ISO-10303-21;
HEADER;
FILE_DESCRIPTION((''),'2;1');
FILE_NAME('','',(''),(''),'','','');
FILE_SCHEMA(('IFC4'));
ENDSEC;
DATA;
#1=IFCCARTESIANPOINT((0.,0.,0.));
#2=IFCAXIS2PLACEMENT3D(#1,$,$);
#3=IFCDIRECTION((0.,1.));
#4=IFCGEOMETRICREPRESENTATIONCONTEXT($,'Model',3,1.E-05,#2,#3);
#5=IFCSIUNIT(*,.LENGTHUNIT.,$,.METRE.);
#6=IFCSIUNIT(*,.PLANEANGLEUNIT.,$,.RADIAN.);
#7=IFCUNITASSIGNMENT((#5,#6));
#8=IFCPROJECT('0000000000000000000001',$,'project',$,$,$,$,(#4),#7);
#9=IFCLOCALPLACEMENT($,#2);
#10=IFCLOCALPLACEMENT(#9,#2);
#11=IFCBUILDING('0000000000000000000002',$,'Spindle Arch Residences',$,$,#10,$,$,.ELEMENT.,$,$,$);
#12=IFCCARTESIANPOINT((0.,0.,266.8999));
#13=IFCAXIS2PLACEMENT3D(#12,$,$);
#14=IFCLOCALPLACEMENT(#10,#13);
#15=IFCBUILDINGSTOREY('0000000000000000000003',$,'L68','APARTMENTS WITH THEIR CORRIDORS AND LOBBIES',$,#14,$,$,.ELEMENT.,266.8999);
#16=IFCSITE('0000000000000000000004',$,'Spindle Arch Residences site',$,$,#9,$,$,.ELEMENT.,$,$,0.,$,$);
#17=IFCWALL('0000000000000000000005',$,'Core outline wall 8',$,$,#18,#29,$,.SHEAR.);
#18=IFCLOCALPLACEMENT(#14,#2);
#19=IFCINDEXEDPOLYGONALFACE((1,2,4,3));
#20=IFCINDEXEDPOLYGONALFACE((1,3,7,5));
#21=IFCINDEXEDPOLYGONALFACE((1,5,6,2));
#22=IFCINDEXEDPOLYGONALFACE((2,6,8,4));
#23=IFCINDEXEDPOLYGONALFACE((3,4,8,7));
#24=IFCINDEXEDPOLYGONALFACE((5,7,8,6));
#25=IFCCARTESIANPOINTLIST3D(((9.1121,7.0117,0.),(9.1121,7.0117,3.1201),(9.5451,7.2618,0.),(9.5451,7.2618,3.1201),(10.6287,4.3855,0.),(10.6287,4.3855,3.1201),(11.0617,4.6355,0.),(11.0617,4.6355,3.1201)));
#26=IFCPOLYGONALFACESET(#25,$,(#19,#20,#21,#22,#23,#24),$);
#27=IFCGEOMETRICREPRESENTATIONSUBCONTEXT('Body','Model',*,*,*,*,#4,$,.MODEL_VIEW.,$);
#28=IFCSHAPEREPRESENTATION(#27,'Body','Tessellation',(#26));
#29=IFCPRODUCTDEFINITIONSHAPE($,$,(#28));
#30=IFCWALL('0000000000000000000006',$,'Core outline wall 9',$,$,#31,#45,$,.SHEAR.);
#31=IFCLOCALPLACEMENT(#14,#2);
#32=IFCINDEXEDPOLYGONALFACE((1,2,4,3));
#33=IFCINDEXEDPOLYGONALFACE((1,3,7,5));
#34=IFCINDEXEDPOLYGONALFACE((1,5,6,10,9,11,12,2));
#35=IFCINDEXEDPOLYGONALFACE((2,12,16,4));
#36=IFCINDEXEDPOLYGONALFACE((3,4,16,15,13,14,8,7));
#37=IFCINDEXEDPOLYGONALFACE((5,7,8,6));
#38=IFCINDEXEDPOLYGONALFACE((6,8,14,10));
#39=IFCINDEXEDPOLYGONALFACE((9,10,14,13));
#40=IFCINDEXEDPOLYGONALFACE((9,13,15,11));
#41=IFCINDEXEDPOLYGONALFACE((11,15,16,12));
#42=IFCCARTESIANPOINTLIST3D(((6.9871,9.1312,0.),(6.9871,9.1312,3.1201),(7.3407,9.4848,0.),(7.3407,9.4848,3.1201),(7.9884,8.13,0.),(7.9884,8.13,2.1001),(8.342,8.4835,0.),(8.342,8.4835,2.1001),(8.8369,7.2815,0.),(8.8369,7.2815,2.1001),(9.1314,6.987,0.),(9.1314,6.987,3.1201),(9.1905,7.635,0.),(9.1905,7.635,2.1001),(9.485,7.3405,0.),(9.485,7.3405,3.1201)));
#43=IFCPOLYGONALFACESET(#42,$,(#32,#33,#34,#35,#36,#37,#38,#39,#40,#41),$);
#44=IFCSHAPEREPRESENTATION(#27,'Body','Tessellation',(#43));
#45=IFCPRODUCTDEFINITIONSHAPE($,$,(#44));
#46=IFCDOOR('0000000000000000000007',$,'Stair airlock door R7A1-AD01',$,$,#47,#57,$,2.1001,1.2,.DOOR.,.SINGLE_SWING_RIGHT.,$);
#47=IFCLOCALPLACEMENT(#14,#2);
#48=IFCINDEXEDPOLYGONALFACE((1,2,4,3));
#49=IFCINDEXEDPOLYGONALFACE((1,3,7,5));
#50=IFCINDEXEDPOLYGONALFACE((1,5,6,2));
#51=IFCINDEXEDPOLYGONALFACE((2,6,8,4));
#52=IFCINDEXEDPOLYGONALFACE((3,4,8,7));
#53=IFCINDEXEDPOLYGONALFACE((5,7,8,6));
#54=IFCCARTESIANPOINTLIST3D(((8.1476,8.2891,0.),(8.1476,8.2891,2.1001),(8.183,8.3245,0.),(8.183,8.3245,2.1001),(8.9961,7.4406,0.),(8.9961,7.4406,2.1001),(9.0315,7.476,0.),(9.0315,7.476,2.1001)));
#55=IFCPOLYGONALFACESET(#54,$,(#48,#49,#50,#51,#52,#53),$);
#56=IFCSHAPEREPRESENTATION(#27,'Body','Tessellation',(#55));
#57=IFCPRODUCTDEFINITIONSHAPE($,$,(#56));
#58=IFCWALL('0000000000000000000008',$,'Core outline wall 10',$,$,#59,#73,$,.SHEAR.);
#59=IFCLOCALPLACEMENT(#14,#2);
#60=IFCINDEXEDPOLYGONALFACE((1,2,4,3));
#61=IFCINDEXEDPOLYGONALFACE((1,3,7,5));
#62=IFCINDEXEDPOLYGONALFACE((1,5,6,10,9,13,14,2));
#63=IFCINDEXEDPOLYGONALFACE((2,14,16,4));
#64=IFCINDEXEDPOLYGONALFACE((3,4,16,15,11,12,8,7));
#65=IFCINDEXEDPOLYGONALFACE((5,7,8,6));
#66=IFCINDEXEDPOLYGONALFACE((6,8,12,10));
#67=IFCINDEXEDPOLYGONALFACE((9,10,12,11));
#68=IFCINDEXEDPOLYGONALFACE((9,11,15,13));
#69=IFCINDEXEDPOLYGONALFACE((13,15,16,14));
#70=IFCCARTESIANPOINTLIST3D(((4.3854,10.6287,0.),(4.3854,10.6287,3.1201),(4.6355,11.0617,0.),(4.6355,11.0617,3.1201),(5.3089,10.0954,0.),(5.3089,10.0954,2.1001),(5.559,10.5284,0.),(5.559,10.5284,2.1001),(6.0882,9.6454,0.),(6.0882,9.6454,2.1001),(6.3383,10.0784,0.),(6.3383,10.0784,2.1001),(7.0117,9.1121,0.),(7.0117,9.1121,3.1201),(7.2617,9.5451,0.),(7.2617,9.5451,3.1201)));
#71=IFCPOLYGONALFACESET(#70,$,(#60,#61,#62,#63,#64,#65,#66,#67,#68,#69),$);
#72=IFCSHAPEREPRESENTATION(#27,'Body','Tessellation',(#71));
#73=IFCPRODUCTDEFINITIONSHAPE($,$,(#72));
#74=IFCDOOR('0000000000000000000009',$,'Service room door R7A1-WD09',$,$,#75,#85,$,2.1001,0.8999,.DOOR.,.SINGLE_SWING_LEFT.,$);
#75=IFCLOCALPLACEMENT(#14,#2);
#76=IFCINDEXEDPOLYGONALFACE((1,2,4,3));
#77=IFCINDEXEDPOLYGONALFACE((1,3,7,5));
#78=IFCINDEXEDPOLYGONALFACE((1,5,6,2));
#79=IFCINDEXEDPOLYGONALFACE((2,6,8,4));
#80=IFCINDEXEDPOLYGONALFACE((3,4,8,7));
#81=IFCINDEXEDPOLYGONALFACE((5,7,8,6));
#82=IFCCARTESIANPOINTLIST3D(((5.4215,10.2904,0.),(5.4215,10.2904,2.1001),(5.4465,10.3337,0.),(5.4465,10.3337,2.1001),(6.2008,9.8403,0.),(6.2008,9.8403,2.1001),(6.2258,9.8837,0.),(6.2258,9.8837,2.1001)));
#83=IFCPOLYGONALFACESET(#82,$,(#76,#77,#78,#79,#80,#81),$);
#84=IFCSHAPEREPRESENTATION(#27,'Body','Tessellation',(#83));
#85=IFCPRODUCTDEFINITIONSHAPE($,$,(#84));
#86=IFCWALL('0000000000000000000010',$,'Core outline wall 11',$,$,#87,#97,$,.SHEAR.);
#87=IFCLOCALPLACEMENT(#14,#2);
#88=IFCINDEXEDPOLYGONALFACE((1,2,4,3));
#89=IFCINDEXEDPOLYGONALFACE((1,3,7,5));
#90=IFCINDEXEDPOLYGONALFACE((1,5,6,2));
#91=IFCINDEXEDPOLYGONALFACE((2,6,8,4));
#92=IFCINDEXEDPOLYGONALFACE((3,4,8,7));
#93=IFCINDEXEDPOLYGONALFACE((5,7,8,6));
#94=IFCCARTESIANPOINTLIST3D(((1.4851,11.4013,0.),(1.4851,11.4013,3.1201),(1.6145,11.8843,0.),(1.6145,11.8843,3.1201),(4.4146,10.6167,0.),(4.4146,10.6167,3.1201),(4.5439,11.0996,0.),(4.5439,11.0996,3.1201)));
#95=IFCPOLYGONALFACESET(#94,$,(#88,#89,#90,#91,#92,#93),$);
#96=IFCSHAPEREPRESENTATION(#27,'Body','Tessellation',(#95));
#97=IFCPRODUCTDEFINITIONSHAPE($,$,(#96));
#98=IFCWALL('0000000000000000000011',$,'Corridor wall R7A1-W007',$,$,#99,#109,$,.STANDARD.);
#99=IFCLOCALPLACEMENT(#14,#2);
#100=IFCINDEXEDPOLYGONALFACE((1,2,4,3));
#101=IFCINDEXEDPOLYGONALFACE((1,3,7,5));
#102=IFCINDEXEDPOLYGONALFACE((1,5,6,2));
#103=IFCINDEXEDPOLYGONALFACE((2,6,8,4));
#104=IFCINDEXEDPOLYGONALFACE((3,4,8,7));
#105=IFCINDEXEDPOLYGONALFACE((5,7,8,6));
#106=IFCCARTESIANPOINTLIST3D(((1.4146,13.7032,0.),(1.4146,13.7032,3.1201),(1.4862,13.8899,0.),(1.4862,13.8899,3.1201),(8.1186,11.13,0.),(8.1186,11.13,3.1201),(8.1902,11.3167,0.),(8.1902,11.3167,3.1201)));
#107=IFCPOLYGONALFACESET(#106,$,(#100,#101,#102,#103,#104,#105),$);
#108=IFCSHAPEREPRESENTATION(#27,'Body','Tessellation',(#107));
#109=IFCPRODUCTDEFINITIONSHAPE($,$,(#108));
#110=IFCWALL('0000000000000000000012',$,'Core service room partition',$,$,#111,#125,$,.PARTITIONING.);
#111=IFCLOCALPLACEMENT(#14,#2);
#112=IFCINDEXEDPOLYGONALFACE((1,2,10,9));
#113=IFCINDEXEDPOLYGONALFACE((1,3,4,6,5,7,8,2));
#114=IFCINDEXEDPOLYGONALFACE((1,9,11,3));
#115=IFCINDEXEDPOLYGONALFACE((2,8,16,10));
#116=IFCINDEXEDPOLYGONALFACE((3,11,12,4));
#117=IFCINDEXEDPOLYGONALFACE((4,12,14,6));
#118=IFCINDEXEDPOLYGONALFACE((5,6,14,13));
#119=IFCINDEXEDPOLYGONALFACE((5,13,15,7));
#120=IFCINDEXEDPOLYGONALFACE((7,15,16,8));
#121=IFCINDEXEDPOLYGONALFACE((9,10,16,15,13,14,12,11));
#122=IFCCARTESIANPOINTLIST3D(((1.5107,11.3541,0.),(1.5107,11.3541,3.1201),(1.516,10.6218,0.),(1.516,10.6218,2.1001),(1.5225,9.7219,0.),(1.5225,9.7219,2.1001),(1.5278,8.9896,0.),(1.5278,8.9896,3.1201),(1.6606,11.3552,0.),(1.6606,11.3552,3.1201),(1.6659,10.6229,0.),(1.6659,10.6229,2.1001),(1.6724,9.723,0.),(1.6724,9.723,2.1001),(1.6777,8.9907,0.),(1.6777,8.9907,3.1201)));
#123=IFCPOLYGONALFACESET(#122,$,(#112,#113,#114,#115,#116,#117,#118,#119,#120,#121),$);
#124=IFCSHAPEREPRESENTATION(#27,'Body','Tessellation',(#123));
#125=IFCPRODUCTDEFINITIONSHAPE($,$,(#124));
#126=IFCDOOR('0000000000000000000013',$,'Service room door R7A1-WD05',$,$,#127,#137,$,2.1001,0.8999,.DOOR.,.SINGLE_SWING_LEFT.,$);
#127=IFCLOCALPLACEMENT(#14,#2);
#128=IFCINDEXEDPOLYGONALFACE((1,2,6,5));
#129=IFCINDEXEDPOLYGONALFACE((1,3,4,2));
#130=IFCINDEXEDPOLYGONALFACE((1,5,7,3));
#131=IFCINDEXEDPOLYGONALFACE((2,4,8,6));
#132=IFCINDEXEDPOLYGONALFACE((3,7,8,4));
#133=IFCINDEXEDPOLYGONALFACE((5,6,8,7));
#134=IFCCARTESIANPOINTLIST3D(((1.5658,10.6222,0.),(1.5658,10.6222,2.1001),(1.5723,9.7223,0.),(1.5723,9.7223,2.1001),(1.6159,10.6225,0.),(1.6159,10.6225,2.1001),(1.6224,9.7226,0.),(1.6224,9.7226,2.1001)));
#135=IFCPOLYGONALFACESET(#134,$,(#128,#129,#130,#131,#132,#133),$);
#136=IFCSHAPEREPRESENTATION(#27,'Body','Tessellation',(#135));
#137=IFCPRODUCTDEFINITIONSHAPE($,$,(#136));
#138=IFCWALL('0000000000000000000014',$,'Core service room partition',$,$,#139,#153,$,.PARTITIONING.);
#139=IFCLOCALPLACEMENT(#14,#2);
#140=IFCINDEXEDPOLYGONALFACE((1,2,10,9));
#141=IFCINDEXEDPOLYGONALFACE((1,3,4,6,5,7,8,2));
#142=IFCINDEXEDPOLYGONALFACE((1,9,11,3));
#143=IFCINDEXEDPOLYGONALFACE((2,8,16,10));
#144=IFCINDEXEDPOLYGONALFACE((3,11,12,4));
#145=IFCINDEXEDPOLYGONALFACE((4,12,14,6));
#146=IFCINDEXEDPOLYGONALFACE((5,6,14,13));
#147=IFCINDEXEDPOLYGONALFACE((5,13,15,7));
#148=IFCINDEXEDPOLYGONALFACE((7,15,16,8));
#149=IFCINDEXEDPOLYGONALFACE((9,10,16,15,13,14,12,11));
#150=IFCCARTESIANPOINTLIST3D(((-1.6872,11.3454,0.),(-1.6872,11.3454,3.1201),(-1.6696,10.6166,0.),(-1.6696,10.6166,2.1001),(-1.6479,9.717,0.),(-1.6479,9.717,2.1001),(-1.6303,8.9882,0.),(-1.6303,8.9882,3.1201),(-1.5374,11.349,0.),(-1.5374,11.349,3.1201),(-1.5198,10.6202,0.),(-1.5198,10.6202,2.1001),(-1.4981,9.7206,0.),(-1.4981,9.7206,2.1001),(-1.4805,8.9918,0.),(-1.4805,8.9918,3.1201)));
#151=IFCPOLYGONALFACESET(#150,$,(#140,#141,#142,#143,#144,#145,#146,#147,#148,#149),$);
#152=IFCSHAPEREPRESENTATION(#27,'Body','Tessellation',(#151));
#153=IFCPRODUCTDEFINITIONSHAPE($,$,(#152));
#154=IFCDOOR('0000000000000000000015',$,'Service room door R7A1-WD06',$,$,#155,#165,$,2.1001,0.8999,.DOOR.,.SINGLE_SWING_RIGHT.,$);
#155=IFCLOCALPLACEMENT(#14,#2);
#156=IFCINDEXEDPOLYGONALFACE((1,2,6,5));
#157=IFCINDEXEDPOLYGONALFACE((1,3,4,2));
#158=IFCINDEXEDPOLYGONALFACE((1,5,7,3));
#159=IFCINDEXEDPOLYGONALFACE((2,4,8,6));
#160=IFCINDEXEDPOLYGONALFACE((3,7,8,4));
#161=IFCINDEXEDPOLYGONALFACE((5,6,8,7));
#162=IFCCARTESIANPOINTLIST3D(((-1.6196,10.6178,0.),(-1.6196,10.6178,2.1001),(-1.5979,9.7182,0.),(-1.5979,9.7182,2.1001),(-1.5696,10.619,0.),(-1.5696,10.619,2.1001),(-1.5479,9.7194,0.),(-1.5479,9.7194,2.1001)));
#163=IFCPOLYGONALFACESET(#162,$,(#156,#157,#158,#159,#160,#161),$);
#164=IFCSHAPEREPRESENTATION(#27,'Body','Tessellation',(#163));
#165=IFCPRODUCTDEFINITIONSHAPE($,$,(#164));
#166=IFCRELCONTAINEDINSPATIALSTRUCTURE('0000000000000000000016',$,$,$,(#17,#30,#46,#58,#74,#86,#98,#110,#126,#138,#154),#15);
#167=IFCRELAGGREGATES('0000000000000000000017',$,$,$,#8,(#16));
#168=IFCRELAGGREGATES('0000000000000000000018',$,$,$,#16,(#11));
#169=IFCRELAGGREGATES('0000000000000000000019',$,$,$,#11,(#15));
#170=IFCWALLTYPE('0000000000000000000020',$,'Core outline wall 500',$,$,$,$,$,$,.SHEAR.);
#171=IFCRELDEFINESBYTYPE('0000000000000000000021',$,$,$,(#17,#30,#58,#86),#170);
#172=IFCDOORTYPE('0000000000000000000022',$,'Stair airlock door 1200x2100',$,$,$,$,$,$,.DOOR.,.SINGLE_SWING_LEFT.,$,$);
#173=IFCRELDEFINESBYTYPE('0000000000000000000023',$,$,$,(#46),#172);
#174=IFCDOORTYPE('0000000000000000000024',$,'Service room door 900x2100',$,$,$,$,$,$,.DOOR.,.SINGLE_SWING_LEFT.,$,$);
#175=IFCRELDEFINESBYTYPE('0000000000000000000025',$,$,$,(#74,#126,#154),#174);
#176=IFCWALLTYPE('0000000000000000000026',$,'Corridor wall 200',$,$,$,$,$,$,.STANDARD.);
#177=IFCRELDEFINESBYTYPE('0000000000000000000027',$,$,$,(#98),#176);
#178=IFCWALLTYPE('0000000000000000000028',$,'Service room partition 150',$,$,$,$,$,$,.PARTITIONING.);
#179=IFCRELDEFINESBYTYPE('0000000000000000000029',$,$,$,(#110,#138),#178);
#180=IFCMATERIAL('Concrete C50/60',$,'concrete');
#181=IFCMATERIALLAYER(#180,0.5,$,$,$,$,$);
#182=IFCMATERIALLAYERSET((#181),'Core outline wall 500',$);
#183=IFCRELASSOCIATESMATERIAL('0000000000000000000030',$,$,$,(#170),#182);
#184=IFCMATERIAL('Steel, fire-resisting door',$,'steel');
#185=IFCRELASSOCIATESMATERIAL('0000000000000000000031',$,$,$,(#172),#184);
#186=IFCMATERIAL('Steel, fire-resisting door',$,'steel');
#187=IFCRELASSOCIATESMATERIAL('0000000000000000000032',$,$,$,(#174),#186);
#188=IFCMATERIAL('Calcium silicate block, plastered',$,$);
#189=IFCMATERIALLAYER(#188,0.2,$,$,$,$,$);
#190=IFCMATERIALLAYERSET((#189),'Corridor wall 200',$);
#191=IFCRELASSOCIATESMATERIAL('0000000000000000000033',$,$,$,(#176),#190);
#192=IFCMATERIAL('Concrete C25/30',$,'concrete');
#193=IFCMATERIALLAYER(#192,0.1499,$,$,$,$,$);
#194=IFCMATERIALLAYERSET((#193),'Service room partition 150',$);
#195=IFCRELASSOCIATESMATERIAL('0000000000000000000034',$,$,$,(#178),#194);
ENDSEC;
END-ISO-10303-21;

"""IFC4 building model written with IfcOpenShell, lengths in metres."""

from ifc_helpers import new_model, si_unit, direction, frame, frame_2d, origin, place, context, subcontext, project, spatial, rectangle, extrude, material, layer, layer_set, type_object, element, fill, save


model = new_model("IFC4")

# Units and contexts
model_context = context("Model", 3, precision=1e-05, world=origin(), true_north=direction((0.0, 1.0)))
body_context = subcontext(model_context, "Body", "Model", "MODEL_VIEW")
ifc_project = project(units=[si_unit("LENGTHUNIT", "METRE"), si_unit("PLANEANGLEUNIT", "RADIAN")], contexts=[model_context])

# Site, building, storey
site_placement = place(None, origin())
site = spatial("IfcSite", under=ifc_project, at=site_placement, Name="Spindle Arch Residences site", CompositionType="ELEMENT", RefElevation=0.0)
building_placement = place(site_placement, origin())
building = spatial("IfcBuilding", under=site, at=building_placement, Name="Spindle Arch Residences", CompositionType="ELEMENT")
storey_placement = place(building_placement, frame((0.0, 0.0, 266.8999)))
storey = spatial("IfcBuildingStorey", under=building, at=storey_placement, Name="L68", Description="APARTMENTS WITH THEIR CORRIDORS AND LOBBIES", CompositionType="ELEMENT", Elevation=266.8999)

# Wall
ifc_material_1 = material(Name="Concrete C50/60", Category="concrete")
ifc_layer_1 = layer(ifc_material_1, 0.5)
ifc_layer_set_1 = layer_set([ifc_layer_1], Name="Core outline wall 500")
wall_type_1 = type_object("IfcWallType", Name="Core outline wall 500", PredefinedType="SHEAR", material=ifc_layer_set_1)
wall_1_placement = place(storey_placement, frame((10.8452, 4.5105, 0.0), z_axis=(0.0, 0.0, 1.0), x_axis=(-0.500087, 0.865975, 0.0)))
element("IfcWall", 1, at=wall_1_placement, inside=storey, type_object=wall_type_1, Name="Core outline wall 8", PredefinedType="SHEAR", context=body_context, shape_type="SweptSolid", body=[
    extrude(rectangle(XDim=3.0327, YDim=0.5, at=frame_2d((1.5164, 0.0))), origin(), (0.0, 0.0, 1.0), 3.1201),
])

# Walls, openings, doors
wall_2_placement = place(storey_placement, frame((9.3081, 7.1638, 0.0), z_axis=(0.0, 0.0, 1.0), x_axis=(-0.707107, 0.707107, 0.0)))
wall_2 = element("IfcWall", 2, at=wall_2_placement, inside=storey, type_object=wall_type_1, Name="Core outline wall 9", PredefinedType="SHEAR", context=body_context, shape_type="SweptSolid", body=[
    extrude(rectangle(XDim=3.0325, YDim=0.5, at=frame_2d((1.5161, 0.0))), origin(), (0.0, 0.0, 1.0), 3.1201),
])
opening_1_placement = place(wall_2_placement, frame((0.4163, 0.0, 0.0)))
opening_1 = element("IfcOpeningElement", 3, at=opening_1_placement, cuts=wall_2, PredefinedType="OPENING", context=body_context, shape_type="SweptSolid", body=[
    extrude(rectangle(XDim=1.2, YDim=2.1001, at=frame_2d((0.6001, 1.05))), frame((0.0, 0.26, 0.0), z_axis=(0.0, -1.0, 0.0), x_axis=(1.0, 0.0, 0.0)), (0.0, 0.0, 1.0), 0.52),
])
ifc_material_2 = material(Name="Steel, fire-resisting door", Category="steel")
door_type_1 = type_object("IfcDoorType", Name="Stair airlock door 1200x2100", OperationType="SINGLE_SWING_LEFT", PredefinedType="DOOR", material=ifc_material_2)
door_1_placement = place(opening_1_placement, origin())
door_1 = element("IfcDoor", 4, at=door_1_placement, inside=storey, type_object=door_type_1, Name="Stair airlock door R7A1-AD01", OperationType="SINGLE_SWING_RIGHT", OverallHeight=2.1001, OverallWidth=1.2, PredefinedType="DOOR", context=body_context, shape_type="SweptSolid", body=[
    extrude(rectangle(XDim=1.2, YDim=2.1001, at=frame_2d((0.6001, 1.05))), frame((0.0, 0.0249, 0.0), z_axis=(0.0, -1.0, 0.0), x_axis=(1.0, 0.0, 0.0)), (0.0, 0.0, 1.0), 0.05),
])
fill(opening_1, door_1)
wall_3_placement = place(storey_placement, frame((7.1367, 9.3286, 0.0), z_axis=(0.0, 0.0, 1.0), x_axis=(-0.865975, 0.500087, 0.0)))
wall_3 = element("IfcWall", 5, at=wall_3_placement, inside=storey, type_object=wall_type_1, Name="Core outline wall 10", PredefinedType="SHEAR", context=body_context, shape_type="SweptSolid", body=[
    extrude(rectangle(XDim=3.0327, YDim=0.5, at=frame_2d((1.5164, 0.0))), origin(), (0.0, 0.0, 1.0), 3.1201),
])
opening_2_placement = place(wall_3_placement, frame((1.0664, 0.0, 0.0)))
opening_2 = element("IfcOpeningElement", 6, at=opening_2_placement, cuts=wall_3, PredefinedType="OPENING", context=body_context, shape_type="SweptSolid", body=[
    extrude(rectangle(XDim=0.8999, YDim=2.1001, at=frame_2d((0.45, 1.05))), frame((0.0, 0.26, 0.0), z_axis=(0.0, -1.0, 0.0), x_axis=(1.0, 0.0, 0.0)), (0.0, 0.0, 1.0), 0.52),
])
ifc_material_3 = material(Name="Steel, fire-resisting door", Category="steel")
door_type_2 = type_object("IfcDoorType", Name="Service room door 900x2100", OperationType="SINGLE_SWING_LEFT", PredefinedType="DOOR", material=ifc_material_3)
door_2_placement = place(opening_2_placement, origin())
door_2 = element("IfcDoor", 7, at=door_2_placement, inside=storey, type_object=door_type_2, Name="Service room door R7A1-WD09", OperationType="SINGLE_SWING_LEFT", OverallHeight=2.1001, OverallWidth=0.8999, PredefinedType="DOOR", context=body_context, shape_type="SweptSolid", body=[
    extrude(rectangle(XDim=0.8999, YDim=2.1001, at=frame_2d((0.45, 1.05))), frame((0.0, 0.0249, 0.0), z_axis=(0.0, -1.0, 0.0), x_axis=(1.0, 0.0, 0.0)), (0.0, 0.0, 1.0), 0.05),
])
fill(opening_2, door_2)

# Walls
wall_4_placement = place(storey_placement, frame((4.4792, 10.8582, 0.0), z_axis=(0.0, 0.0, 1.0), x_axis=(-0.965948, 0.258735, 0.0)))
element("IfcWall", 8, at=wall_4_placement, inside=storey, type_object=wall_type_1, Name="Core outline wall 11", PredefinedType="SHEAR", context=body_context, shape_type="SweptSolid", body=[
    extrude(rectangle(XDim=3.0327, YDim=0.5, at=frame_2d((1.5164, 0.0))), origin(), (0.0, 0.0, 1.0), 3.1201),
])
ifc_material_4 = material(Name="Calcium silicate block, plastered")
ifc_layer_2 = layer(ifc_material_4, 0.2)
ifc_layer_set_2 = layer_set([ifc_layer_2], Name="Corridor wall 200")
wall_type_2 = type_object("IfcWallType", Name="Corridor wall 200", PredefinedType="STANDARD", material=ifc_layer_set_2)
wall_5_placement = place(storey_placement, frame((8.1543, 11.2234, 0.0), z_axis=(0.0, 0.0, 1.0), x_axis=(-0.933591, 0.358341, 0.0)))
element("IfcWall", 9, at=wall_5_placement, inside=storey, type_object=wall_type_2, Name="Corridor wall R7A1-W007", PredefinedType="STANDARD", context=body_context, shape_type="SweptSolid", body=[
    extrude(rectangle(XDim=7.1809, YDim=0.2, at=frame_2d((3.5903, 0.0))), origin(), (0.0, 0.0, 1.0), 3.1201),
])

# Walls, openings, doors
ifc_material_5 = material(Name="Concrete C25/30", Category="concrete")
ifc_layer_3 = layer(ifc_material_5, 0.1499)
ifc_layer_set_3 = layer_set([ifc_layer_3], Name="Service room partition 150")
wall_type_3 = type_object("IfcWallType", Name="Service room partition 150", PredefinedType="PARTITIONING", material=ifc_layer_set_3)
wall_6_placement = place(storey_placement, frame((1.5857, 11.3545, 0.0), z_axis=(0.0, 0.0, 1.0), x_axis=(0.007227, -0.999974, 0.0)))
wall_6 = element("IfcWall", 10, at=wall_6_placement, inside=storey, type_object=wall_type_3, Name="Core service room partition", PredefinedType="PARTITIONING", context=body_context, shape_type="SweptSolid", body=[
    extrude(rectangle(XDim=2.3645, YDim=0.1499, at=frame_2d((1.1821, 0.0))), origin(), (0.0, 0.0, 1.0), 3.1201),
])
opening_3_placement = place(wall_6_placement, frame((0.7322, 0.0, 0.0)))
opening_3 = element("IfcOpeningElement", 11, at=opening_3_placement, cuts=wall_6, PredefinedType="OPENING", context=body_context, shape_type="SweptSolid", body=[
    extrude(rectangle(XDim=0.8999, YDim=2.1001, at=frame_2d((0.45, 1.05))), frame((0.0, 0.085, 0.0), z_axis=(0.0, -1.0, 0.0), x_axis=(1.0, 0.0, 0.0)), (0.0, 0.0, 1.0), 0.1699),
])
door_3_placement = place(opening_3_placement, origin())
door_3 = element("IfcDoor", 12, at=door_3_placement, inside=storey, type_object=door_type_2, Name="Service room door R7A1-WD05", OperationType="SINGLE_SWING_LEFT", OverallHeight=2.1001, OverallWidth=0.8999, PredefinedType="DOOR", context=body_context, shape_type="SweptSolid", body=[
    extrude(rectangle(XDim=0.8999, YDim=2.1001, at=frame_2d((0.45, 1.05))), frame((0.0, 0.0249, 0.0), z_axis=(0.0, -1.0, 0.0), x_axis=(1.0, 0.0, 0.0)), (0.0, 0.0, 1.0), 0.05),
])
fill(opening_3, door_3)
wall_7_placement = place(storey_placement, frame((-1.5554, 8.99, 0.0), z_axis=(0.0, 0.0, 1.0), x_axis=(-0.024126, 0.999709, 0.0)))
wall_7 = element("IfcWall", 13, at=wall_7_placement, inside=storey, type_object=wall_type_3, Name="Core service room partition", PredefinedType="PARTITIONING", context=body_context, shape_type="SweptSolid", body=[
    extrude(rectangle(XDim=2.3579, YDim=0.1499, at=frame_2d((1.179, 0.0))), origin(), (0.0, 0.0, 1.0), 3.1201),
])
opening_4_placement = place(wall_7_placement, frame((0.729, 0.0, 0.0)))
opening_4 = element("IfcOpeningElement", 14, at=opening_4_placement, cuts=wall_7, PredefinedType="OPENING", context=body_context, shape_type="SweptSolid", body=[
    extrude(rectangle(XDim=0.8999, YDim=2.1001, at=frame_2d((0.45, 1.05))), frame((0.0, 0.085, 0.0), z_axis=(0.0, -1.0, 0.0), x_axis=(1.0, 0.0, 0.0)), (0.0, 0.0, 1.0), 0.1699),
])
door_4_placement = place(opening_4_placement, origin())
door_4 = element("IfcDoor", 15, at=door_4_placement, inside=storey, type_object=door_type_2, Name="Service room door R7A1-WD06", OperationType="SINGLE_SWING_RIGHT", OverallHeight=2.1001, OverallWidth=0.8999, PredefinedType="DOOR", context=body_context, shape_type="SweptSolid", body=[
    extrude(rectangle(XDim=0.8999, YDim=2.1001, at=frame_2d((0.45, 1.05))), frame((0.0, 0.0249, 0.0), z_axis=(0.0, -1.0, 0.0), x_axis=(1.0, 0.0, 0.0)), (0.0, 0.0, 1.0), 0.05),
])
fill(opening_4, door_4)

save(model, "model.ifc")
